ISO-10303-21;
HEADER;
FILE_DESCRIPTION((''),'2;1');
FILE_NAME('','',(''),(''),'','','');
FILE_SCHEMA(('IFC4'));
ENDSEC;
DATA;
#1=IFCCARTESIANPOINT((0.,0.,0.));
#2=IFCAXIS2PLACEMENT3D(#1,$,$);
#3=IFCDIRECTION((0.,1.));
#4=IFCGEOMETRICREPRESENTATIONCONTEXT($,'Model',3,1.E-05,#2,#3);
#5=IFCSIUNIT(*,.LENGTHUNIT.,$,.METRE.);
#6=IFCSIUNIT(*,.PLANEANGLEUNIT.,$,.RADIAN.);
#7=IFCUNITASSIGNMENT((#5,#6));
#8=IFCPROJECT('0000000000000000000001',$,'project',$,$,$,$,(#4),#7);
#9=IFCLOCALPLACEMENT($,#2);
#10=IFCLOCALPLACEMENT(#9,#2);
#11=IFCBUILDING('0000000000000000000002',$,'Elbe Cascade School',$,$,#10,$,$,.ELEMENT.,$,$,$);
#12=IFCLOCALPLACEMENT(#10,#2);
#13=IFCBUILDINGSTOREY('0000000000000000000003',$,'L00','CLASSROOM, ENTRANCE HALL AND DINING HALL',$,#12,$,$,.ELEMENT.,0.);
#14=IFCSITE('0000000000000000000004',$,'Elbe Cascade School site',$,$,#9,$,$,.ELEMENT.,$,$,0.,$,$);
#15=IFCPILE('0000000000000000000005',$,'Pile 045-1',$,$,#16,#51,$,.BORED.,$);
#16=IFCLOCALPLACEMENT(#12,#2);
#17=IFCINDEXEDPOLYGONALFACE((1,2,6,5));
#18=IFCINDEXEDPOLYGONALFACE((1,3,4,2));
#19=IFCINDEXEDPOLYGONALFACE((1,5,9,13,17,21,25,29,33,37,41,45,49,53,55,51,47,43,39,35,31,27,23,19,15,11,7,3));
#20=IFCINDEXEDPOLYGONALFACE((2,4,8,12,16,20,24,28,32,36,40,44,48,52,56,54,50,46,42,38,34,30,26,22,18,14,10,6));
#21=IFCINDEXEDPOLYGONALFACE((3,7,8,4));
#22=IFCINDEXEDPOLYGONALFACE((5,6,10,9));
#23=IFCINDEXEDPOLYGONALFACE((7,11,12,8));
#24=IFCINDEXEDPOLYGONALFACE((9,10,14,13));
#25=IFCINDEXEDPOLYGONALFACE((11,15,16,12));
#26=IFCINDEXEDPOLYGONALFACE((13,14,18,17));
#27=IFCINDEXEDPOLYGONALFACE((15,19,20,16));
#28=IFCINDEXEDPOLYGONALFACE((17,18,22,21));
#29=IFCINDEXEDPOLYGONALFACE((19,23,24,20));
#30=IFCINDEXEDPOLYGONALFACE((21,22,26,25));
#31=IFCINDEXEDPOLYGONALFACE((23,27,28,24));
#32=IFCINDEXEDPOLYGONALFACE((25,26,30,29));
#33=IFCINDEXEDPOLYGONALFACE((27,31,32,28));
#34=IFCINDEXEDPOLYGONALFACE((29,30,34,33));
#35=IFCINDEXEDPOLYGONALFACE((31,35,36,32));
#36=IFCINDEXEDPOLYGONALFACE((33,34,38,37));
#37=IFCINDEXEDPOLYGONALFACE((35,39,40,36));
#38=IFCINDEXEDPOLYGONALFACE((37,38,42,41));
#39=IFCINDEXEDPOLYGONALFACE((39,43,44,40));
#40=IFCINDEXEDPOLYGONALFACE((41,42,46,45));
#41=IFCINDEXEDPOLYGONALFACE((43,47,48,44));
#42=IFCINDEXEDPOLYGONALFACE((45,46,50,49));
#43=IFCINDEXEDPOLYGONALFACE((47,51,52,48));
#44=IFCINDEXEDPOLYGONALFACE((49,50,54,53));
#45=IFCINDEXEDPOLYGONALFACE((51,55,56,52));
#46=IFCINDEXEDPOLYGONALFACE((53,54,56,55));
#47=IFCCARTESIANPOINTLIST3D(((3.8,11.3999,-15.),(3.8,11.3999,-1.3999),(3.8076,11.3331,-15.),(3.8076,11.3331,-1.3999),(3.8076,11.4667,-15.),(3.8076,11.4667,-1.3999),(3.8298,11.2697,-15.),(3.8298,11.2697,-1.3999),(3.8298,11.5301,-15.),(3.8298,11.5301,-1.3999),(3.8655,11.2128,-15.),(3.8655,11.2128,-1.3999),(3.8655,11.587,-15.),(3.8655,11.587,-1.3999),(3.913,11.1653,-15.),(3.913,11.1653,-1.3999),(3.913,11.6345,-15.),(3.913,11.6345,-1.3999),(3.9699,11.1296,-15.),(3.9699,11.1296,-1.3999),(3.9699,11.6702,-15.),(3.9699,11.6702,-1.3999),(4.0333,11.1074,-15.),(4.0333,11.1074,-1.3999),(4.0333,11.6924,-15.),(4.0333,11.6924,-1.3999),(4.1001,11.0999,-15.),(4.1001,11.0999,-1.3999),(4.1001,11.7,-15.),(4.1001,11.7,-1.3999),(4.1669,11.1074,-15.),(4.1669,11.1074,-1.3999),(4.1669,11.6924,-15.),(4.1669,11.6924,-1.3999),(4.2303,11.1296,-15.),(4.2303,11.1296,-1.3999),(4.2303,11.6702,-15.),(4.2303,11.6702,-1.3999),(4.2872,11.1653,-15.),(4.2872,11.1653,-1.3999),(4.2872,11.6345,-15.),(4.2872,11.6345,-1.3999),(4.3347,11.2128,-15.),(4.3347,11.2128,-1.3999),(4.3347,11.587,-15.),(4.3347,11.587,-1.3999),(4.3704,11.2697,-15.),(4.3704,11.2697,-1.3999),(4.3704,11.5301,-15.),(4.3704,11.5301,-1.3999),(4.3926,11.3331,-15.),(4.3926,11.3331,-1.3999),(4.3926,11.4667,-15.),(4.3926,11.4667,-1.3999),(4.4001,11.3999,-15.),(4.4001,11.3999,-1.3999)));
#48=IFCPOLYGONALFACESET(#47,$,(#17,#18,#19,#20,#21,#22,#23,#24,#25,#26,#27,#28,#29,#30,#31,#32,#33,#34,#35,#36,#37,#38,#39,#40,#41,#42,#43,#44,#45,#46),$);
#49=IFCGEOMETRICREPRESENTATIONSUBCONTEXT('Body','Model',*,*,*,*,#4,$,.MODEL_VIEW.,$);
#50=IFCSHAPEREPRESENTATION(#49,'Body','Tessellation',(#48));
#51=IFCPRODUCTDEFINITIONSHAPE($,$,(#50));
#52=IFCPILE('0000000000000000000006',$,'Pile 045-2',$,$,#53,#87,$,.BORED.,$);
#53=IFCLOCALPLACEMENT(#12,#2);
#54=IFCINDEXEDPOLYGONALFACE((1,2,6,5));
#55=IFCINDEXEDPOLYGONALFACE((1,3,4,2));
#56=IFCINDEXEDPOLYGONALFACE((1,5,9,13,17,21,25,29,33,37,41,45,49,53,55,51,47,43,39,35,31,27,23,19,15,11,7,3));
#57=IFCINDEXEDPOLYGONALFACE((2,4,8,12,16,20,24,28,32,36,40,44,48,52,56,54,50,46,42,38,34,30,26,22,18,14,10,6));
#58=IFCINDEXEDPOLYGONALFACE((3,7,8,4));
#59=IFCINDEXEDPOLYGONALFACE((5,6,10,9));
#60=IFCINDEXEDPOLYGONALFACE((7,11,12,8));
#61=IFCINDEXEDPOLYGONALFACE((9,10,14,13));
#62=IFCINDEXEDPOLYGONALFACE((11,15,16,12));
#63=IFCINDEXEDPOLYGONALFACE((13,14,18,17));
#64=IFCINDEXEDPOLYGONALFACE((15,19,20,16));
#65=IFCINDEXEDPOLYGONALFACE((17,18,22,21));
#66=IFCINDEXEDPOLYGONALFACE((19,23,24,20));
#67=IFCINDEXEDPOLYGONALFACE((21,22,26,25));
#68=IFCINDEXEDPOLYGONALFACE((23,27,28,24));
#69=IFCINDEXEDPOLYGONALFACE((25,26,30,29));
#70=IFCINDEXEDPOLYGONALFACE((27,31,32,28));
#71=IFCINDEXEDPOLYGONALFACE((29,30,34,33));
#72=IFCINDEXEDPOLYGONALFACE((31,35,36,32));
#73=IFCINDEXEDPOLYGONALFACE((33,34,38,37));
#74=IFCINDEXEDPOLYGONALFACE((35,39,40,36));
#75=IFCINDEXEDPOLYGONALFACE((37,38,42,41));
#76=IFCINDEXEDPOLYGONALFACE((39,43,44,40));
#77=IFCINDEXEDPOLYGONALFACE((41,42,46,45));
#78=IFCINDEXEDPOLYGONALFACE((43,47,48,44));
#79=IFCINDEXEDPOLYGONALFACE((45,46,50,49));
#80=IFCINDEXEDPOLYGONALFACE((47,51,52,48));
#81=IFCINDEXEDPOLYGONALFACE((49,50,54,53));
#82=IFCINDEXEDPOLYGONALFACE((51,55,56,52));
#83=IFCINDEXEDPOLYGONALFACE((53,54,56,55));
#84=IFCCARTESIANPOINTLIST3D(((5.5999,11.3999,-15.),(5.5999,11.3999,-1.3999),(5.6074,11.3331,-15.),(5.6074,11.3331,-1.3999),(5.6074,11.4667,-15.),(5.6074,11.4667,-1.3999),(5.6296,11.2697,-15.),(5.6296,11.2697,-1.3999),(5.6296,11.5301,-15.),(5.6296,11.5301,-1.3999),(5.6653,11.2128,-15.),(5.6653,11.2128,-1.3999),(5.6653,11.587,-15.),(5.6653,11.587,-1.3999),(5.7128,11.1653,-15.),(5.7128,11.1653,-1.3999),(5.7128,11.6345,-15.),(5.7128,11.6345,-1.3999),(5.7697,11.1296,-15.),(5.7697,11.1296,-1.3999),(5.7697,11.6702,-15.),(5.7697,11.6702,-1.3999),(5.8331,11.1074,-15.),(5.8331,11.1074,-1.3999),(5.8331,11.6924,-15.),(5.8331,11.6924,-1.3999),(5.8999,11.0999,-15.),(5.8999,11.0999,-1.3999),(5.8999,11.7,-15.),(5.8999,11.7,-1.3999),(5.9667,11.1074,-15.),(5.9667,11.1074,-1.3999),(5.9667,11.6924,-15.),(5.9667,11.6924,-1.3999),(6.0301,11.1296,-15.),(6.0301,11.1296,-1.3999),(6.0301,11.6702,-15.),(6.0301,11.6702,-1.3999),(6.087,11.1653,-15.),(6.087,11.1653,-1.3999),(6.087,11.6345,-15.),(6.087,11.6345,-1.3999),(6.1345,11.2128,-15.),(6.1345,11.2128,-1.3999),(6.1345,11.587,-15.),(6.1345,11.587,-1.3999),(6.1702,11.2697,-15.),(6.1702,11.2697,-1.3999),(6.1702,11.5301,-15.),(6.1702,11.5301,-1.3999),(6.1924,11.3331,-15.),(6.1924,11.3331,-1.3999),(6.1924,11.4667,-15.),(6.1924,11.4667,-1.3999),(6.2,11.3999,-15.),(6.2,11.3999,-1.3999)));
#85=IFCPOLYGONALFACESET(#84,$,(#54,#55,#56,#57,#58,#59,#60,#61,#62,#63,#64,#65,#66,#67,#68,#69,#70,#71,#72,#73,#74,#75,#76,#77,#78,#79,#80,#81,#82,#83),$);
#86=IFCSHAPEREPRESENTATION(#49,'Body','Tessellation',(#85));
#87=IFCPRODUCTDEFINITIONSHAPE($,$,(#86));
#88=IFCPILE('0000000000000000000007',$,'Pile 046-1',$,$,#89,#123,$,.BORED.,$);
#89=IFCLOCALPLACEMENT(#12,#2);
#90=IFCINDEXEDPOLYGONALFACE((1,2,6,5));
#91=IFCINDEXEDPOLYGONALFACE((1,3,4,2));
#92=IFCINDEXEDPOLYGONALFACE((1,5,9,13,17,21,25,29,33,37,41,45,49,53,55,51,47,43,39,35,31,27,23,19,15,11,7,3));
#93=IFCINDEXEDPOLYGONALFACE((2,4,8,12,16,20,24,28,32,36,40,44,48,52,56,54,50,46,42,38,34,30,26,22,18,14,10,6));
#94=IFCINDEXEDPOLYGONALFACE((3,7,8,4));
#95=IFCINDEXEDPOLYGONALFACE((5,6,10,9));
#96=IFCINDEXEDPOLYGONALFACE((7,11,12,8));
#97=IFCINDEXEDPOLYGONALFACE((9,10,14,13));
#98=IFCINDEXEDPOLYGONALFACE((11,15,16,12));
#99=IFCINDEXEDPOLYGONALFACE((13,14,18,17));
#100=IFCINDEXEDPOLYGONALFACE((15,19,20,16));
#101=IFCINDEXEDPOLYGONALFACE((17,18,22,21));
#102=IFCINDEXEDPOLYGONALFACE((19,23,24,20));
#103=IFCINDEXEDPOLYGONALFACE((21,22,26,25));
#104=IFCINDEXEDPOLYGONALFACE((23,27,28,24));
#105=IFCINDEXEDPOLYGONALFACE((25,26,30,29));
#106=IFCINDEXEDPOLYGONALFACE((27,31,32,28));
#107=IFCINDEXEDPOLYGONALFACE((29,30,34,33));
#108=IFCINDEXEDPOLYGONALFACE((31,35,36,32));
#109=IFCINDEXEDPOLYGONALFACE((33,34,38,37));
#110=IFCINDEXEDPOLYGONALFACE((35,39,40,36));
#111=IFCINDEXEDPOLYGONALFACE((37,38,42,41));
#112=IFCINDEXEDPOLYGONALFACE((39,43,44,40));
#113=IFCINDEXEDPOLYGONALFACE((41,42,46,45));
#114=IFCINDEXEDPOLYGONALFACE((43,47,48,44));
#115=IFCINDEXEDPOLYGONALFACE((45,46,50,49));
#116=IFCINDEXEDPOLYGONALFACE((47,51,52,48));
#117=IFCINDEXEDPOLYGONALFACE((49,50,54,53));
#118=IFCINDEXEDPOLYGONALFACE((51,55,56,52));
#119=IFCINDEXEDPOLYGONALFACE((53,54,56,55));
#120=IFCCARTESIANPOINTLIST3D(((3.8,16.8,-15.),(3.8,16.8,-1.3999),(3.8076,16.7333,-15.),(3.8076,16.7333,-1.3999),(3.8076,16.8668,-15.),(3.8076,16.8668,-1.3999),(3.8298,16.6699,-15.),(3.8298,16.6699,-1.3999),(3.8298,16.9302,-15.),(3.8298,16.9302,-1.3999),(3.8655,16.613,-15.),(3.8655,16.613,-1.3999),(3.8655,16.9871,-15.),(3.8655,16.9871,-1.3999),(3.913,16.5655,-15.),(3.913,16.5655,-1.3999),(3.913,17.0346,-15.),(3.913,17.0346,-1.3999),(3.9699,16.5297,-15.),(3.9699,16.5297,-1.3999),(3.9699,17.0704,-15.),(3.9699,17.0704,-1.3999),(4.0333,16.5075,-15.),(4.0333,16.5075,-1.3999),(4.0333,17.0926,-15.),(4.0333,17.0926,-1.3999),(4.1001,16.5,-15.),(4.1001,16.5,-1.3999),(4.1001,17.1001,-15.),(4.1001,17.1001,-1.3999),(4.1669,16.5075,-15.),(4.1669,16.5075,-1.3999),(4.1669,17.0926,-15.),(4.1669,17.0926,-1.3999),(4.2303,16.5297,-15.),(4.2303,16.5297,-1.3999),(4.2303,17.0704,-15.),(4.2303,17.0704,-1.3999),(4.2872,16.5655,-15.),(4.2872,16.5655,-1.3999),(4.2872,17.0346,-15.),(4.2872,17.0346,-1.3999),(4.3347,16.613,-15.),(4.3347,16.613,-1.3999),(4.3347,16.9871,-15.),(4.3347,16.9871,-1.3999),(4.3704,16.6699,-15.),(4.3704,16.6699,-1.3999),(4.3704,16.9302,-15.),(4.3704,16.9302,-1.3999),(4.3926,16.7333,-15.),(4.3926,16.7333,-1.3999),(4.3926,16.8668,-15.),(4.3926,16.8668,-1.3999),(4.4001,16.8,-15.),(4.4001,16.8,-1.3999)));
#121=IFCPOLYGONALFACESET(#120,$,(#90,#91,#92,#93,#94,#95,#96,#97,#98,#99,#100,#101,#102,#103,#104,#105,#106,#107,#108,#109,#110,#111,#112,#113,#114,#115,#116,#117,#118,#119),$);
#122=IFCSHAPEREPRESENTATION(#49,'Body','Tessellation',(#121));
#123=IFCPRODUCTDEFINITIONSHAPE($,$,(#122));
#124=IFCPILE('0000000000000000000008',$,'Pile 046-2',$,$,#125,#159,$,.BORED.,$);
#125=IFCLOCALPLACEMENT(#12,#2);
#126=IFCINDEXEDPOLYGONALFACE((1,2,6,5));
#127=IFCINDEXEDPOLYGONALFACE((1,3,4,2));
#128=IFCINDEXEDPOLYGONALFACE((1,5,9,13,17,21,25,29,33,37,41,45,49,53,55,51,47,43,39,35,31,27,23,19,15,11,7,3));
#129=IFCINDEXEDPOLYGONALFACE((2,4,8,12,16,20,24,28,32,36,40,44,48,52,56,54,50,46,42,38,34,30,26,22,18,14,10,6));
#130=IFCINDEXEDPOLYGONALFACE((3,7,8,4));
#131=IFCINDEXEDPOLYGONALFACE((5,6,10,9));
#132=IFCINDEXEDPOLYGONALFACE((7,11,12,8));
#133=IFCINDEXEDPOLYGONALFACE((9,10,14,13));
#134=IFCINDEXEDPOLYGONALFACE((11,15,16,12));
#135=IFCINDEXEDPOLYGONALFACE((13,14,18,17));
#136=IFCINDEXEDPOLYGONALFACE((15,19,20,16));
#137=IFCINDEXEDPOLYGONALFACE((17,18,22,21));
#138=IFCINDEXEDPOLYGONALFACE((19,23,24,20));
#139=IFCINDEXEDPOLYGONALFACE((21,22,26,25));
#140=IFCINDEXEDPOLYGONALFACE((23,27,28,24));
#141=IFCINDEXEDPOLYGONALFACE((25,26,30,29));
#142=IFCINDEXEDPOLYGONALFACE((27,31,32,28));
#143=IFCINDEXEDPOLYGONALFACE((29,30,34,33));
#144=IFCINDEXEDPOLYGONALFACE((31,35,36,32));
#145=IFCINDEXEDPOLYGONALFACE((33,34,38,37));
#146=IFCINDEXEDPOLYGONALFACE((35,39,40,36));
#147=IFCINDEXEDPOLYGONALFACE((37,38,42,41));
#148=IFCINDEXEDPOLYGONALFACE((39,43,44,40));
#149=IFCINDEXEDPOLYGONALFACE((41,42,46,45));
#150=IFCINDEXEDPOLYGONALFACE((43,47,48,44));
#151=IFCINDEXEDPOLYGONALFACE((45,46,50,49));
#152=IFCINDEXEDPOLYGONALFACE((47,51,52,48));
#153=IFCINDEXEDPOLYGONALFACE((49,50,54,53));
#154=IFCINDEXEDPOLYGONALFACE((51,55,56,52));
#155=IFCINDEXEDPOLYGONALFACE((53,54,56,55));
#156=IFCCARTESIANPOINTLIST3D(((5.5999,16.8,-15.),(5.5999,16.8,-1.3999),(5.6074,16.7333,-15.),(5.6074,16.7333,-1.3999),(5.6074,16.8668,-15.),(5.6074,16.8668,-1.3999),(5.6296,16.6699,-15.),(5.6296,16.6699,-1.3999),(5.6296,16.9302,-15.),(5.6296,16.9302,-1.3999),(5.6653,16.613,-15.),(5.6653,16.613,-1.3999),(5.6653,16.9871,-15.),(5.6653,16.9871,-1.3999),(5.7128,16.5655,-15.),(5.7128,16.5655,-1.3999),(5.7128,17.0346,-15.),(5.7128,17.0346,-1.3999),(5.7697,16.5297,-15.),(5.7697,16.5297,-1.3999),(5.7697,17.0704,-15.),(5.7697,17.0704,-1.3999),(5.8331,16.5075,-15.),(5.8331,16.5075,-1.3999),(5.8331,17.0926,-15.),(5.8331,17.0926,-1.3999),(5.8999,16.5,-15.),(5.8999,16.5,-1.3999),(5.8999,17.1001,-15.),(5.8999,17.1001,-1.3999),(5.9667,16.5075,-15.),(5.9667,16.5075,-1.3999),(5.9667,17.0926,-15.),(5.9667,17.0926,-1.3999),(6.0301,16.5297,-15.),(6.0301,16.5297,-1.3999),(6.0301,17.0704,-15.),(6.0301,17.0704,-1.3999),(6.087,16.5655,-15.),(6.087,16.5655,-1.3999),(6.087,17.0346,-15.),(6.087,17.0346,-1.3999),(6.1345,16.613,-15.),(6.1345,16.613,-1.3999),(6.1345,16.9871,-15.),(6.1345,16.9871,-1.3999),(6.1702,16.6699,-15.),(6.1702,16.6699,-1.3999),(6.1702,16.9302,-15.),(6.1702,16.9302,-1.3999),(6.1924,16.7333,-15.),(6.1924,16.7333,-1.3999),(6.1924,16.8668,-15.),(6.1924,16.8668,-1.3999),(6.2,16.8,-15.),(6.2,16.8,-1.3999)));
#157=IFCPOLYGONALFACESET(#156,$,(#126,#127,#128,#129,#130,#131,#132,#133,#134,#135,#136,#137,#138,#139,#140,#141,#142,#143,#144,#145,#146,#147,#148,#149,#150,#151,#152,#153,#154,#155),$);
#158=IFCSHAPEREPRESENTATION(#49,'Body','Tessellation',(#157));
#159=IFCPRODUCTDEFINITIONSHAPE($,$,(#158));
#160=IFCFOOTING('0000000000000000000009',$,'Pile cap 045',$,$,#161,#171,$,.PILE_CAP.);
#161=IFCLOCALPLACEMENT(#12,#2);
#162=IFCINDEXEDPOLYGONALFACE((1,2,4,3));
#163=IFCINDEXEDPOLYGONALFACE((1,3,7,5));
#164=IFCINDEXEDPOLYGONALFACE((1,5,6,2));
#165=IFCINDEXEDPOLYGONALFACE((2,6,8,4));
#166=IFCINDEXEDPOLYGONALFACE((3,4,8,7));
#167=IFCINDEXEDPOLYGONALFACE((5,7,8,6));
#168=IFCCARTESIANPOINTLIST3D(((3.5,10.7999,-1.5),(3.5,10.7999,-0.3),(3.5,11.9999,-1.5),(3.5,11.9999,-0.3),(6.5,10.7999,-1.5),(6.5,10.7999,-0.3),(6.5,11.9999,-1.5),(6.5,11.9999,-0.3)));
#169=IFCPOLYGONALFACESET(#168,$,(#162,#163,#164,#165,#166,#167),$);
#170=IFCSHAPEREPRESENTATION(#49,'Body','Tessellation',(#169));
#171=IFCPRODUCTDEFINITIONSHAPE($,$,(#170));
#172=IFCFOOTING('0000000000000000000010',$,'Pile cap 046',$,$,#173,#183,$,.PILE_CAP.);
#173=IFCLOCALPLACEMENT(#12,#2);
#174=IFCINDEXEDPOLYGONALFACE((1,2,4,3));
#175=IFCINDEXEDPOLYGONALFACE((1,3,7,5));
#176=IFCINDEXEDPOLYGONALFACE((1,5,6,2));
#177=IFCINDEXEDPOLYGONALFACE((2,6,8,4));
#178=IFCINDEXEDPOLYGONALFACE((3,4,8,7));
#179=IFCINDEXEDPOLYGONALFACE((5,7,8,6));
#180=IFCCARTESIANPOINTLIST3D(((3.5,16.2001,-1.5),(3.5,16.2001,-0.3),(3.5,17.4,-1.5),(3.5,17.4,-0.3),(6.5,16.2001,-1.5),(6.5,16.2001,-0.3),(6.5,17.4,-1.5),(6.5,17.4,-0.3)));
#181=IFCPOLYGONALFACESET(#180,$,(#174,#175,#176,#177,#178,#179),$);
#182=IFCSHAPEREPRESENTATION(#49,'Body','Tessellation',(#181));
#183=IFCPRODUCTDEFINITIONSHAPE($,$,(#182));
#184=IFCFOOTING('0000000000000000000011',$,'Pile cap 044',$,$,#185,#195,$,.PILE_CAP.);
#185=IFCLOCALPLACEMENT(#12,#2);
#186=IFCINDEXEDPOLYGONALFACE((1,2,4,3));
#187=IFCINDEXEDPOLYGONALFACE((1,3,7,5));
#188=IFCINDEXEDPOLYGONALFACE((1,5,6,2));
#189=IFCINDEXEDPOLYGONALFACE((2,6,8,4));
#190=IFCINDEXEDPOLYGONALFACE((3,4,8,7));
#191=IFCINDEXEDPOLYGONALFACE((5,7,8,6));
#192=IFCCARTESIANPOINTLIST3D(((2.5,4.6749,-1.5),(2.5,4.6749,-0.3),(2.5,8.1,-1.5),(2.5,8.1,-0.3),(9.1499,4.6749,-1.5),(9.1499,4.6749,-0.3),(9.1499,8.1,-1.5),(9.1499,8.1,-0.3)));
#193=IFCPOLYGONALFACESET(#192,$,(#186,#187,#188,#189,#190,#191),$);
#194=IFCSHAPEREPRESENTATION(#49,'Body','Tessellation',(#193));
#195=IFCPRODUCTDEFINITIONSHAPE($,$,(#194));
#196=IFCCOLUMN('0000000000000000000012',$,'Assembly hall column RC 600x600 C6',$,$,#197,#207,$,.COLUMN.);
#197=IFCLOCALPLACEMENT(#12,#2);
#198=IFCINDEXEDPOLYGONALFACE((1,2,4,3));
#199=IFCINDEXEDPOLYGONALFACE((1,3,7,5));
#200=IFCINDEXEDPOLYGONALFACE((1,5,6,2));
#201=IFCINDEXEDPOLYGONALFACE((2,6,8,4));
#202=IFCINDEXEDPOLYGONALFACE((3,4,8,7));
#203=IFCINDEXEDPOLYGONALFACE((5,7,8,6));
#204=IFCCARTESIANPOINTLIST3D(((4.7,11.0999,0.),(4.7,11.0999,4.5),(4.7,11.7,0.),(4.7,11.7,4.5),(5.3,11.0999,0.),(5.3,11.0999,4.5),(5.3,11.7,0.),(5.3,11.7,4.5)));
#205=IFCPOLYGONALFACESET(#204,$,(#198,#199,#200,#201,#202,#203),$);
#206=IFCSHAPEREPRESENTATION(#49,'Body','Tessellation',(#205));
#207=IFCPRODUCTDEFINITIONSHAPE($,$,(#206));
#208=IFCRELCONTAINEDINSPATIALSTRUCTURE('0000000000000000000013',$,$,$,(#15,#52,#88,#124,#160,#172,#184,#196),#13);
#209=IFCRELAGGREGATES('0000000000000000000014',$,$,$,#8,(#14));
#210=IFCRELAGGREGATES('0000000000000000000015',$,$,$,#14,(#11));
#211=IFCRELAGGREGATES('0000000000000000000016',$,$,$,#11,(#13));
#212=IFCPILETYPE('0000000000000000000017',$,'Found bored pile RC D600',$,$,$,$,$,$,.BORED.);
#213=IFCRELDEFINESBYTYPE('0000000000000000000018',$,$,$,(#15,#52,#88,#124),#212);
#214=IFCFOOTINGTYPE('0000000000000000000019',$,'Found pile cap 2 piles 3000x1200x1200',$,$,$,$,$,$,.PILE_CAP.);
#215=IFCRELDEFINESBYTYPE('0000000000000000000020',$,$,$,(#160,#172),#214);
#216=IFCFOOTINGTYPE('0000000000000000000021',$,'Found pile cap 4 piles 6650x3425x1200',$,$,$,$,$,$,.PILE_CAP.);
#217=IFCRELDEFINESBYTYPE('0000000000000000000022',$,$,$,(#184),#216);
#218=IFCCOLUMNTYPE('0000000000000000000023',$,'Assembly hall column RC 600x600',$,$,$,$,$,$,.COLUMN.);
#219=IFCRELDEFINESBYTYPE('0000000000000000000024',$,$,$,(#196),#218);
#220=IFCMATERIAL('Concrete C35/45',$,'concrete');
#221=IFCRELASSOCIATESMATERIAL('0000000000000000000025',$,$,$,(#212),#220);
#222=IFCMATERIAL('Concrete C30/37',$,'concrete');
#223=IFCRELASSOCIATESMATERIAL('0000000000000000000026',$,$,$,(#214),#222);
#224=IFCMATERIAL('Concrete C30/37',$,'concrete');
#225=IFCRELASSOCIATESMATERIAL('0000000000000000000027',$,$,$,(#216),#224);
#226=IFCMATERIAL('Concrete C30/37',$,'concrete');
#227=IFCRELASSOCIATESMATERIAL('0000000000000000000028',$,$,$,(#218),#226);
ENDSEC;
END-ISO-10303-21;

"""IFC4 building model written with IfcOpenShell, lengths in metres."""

from ifc_helpers import new_model, si_unit, direction, frame, origin, origin_2d, place, context, subcontext, project, spatial, rectangle, circle, extrude, material, material_profile, profile_set, type_object, element, save


model = new_model("IFC4")

# Units and contexts
model_context = context("Model", 3, precision=1e-05, world=origin(), true_north=direction((0.0, 1.0)))
body_context = subcontext(model_context, "Body", "Model", "MODEL_VIEW")
ifc_project = project(units=[si_unit("LENGTHUNIT", "METRE"), si_unit("PLANEANGLEUNIT", "RADIAN")], contexts=[model_context])

# Site, building, storey
site_placement = place(None, origin())
site = spatial("IfcSite", under=ifc_project, at=site_placement, Name="Elbe Cascade School site", CompositionType="ELEMENT", RefElevation=0.0)
building_placement = place(site_placement, origin())
building = spatial("IfcBuilding", under=site, at=building_placement, Name="Elbe Cascade School", CompositionType="ELEMENT")
storey_placement = place(building_placement, origin())
storey = spatial("IfcBuildingStorey", under=building, at=storey_placement, Name="L00", Description="CLASSROOM, ENTRANCE HALL AND DINING HALL", CompositionType="ELEMENT", Elevation=0.0)

# Piles
ifc_material_1 = material(Name="Concrete C35/45", Category="concrete")
ifc_material_profile_1 = material_profile(ifc_material_1, circle(Radius=0.3, at=origin_2d()), Name="RC D600")
ifc_profile_set_1 = profile_set([ifc_material_profile_1], Name="Concrete C35/45")
pile_type = type_object("IfcPileType", Name="Found bored pile RC D600", PredefinedType="BORED", material=ifc_profile_set_1)
for number, where, z_axis, x_axis, name in (
    (1, (4.1001, 11.3999, -1.3999), (0.0, 0.0, -1.0), (1.0, 0.0, 0.0), "Pile 045-1"),
    (2, (5.8999, 11.3999, -1.3999), (0.0, 0.0, -1.0), (1.0, 0.0, 0.0), "Pile 045-2"),
    (3, (4.1001, 16.8, -1.3999), (0.0, 0.0, -1.0), (1.0, 0.0, 0.0), "Pile 046-1"),
    (4, (5.8999, 16.8, -1.3999), (0.0, 0.0, -1.0), (1.0, 0.0, 0.0), "Pile 046-2"),
):
    element("IfcPile", number, at=place(storey_placement, frame(where, z_axis=z_axis, x_axis=x_axis)), inside=storey, type_object=pile_type, Name=name, PredefinedType="BORED", context=body_context, shape_type="SweptSolid", body=[
        extrude(circle(Radius=0.3, at=origin_2d()), origin(), (0.0, 0.0, 1.0), 13.6001),
    ])

# Footings
ifc_material_2 = material(Name="Concrete C30/37", Category="concrete")
footing_type_1 = type_object("IfcFootingType", Name="Found pile cap 2 piles 3000x1200x1200", PredefinedType="PILE_CAP", material=ifc_material_2)
for number, where, z_axis, x_axis, name in (
    (5, (5.0, 11.3999, -1.5), (0.0, 0.0, 1.0), (1.0, 0.0, 0.0), "Pile cap 045"),
    (6, (5.0, 16.8, -1.5), (0.0, 0.0, 1.0), (1.0, 0.0, 0.0), "Pile cap 046"),
):
    element("IfcFooting", number, at=place(storey_placement, frame(where, z_axis=z_axis, x_axis=x_axis)), inside=storey, type_object=footing_type_1, Name=name, PredefinedType="PILE_CAP", context=body_context, shape_type="SweptSolid", body=[
        extrude(rectangle(XDim=3.0, YDim=1.2, at=origin_2d()), origin(), (0.0, 0.0, 1.0), 1.2),
    ])
ifc_material_3 = material(Name="Concrete C30/37", Category="concrete")
footing_type_2 = type_object("IfcFootingType", Name="Found pile cap 4 piles 6650x3425x1200", PredefinedType="PILE_CAP", material=ifc_material_3)
footing_placement = place(storey_placement, frame((5.825, 6.3875, -1.5), z_axis=(0.0, 0.0, 1.0), x_axis=(1.0, 0.0, 0.0)))
element("IfcFooting", 7, at=footing_placement, inside=storey, type_object=footing_type_2, Name="Pile cap 044", PredefinedType="PILE_CAP", context=body_context, shape_type="SweptSolid", body=[
    extrude(rectangle(XDim=6.6499, YDim=3.425, at=origin_2d()), origin(), (0.0, 0.0, 1.0), 1.2),
])

# Column
ifc_material_4 = material(Name="Concrete C30/37", Category="concrete")
ifc_material_profile_2 = material_profile(ifc_material_4, rectangle(XDim=0.6001, YDim=0.6001, at=origin_2d()), Name="RC 600x600")
ifc_profile_set_2 = profile_set([ifc_material_profile_2], Name="Concrete C30/37")
column_type = type_object("IfcColumnType", Name="Assembly hall column RC 600x600", PredefinedType="COLUMN", material=ifc_profile_set_2)
for number, where, z_axis, x_axis, name in (
    (8, (5.0, 11.3999, 0.0), (0.0, 0.0, 1.0), (1.0, 0.0, 0.0), "Assembly hall column RC 600x600 C6"),
):
    element("IfcColumn", number, at=place(storey_placement, frame(where, z_axis=z_axis, x_axis=x_axis)), inside=storey, type_object=column_type, Name=name, PredefinedType="COLUMN", context=body_context, shape_type="SweptSolid", body=[
        extrude(rectangle(XDim=0.6001, YDim=0.6001, at=origin_2d()), origin(), (0.0, 0.0, 1.0), 4.5),
    ])

save(model, "model.ifc")
